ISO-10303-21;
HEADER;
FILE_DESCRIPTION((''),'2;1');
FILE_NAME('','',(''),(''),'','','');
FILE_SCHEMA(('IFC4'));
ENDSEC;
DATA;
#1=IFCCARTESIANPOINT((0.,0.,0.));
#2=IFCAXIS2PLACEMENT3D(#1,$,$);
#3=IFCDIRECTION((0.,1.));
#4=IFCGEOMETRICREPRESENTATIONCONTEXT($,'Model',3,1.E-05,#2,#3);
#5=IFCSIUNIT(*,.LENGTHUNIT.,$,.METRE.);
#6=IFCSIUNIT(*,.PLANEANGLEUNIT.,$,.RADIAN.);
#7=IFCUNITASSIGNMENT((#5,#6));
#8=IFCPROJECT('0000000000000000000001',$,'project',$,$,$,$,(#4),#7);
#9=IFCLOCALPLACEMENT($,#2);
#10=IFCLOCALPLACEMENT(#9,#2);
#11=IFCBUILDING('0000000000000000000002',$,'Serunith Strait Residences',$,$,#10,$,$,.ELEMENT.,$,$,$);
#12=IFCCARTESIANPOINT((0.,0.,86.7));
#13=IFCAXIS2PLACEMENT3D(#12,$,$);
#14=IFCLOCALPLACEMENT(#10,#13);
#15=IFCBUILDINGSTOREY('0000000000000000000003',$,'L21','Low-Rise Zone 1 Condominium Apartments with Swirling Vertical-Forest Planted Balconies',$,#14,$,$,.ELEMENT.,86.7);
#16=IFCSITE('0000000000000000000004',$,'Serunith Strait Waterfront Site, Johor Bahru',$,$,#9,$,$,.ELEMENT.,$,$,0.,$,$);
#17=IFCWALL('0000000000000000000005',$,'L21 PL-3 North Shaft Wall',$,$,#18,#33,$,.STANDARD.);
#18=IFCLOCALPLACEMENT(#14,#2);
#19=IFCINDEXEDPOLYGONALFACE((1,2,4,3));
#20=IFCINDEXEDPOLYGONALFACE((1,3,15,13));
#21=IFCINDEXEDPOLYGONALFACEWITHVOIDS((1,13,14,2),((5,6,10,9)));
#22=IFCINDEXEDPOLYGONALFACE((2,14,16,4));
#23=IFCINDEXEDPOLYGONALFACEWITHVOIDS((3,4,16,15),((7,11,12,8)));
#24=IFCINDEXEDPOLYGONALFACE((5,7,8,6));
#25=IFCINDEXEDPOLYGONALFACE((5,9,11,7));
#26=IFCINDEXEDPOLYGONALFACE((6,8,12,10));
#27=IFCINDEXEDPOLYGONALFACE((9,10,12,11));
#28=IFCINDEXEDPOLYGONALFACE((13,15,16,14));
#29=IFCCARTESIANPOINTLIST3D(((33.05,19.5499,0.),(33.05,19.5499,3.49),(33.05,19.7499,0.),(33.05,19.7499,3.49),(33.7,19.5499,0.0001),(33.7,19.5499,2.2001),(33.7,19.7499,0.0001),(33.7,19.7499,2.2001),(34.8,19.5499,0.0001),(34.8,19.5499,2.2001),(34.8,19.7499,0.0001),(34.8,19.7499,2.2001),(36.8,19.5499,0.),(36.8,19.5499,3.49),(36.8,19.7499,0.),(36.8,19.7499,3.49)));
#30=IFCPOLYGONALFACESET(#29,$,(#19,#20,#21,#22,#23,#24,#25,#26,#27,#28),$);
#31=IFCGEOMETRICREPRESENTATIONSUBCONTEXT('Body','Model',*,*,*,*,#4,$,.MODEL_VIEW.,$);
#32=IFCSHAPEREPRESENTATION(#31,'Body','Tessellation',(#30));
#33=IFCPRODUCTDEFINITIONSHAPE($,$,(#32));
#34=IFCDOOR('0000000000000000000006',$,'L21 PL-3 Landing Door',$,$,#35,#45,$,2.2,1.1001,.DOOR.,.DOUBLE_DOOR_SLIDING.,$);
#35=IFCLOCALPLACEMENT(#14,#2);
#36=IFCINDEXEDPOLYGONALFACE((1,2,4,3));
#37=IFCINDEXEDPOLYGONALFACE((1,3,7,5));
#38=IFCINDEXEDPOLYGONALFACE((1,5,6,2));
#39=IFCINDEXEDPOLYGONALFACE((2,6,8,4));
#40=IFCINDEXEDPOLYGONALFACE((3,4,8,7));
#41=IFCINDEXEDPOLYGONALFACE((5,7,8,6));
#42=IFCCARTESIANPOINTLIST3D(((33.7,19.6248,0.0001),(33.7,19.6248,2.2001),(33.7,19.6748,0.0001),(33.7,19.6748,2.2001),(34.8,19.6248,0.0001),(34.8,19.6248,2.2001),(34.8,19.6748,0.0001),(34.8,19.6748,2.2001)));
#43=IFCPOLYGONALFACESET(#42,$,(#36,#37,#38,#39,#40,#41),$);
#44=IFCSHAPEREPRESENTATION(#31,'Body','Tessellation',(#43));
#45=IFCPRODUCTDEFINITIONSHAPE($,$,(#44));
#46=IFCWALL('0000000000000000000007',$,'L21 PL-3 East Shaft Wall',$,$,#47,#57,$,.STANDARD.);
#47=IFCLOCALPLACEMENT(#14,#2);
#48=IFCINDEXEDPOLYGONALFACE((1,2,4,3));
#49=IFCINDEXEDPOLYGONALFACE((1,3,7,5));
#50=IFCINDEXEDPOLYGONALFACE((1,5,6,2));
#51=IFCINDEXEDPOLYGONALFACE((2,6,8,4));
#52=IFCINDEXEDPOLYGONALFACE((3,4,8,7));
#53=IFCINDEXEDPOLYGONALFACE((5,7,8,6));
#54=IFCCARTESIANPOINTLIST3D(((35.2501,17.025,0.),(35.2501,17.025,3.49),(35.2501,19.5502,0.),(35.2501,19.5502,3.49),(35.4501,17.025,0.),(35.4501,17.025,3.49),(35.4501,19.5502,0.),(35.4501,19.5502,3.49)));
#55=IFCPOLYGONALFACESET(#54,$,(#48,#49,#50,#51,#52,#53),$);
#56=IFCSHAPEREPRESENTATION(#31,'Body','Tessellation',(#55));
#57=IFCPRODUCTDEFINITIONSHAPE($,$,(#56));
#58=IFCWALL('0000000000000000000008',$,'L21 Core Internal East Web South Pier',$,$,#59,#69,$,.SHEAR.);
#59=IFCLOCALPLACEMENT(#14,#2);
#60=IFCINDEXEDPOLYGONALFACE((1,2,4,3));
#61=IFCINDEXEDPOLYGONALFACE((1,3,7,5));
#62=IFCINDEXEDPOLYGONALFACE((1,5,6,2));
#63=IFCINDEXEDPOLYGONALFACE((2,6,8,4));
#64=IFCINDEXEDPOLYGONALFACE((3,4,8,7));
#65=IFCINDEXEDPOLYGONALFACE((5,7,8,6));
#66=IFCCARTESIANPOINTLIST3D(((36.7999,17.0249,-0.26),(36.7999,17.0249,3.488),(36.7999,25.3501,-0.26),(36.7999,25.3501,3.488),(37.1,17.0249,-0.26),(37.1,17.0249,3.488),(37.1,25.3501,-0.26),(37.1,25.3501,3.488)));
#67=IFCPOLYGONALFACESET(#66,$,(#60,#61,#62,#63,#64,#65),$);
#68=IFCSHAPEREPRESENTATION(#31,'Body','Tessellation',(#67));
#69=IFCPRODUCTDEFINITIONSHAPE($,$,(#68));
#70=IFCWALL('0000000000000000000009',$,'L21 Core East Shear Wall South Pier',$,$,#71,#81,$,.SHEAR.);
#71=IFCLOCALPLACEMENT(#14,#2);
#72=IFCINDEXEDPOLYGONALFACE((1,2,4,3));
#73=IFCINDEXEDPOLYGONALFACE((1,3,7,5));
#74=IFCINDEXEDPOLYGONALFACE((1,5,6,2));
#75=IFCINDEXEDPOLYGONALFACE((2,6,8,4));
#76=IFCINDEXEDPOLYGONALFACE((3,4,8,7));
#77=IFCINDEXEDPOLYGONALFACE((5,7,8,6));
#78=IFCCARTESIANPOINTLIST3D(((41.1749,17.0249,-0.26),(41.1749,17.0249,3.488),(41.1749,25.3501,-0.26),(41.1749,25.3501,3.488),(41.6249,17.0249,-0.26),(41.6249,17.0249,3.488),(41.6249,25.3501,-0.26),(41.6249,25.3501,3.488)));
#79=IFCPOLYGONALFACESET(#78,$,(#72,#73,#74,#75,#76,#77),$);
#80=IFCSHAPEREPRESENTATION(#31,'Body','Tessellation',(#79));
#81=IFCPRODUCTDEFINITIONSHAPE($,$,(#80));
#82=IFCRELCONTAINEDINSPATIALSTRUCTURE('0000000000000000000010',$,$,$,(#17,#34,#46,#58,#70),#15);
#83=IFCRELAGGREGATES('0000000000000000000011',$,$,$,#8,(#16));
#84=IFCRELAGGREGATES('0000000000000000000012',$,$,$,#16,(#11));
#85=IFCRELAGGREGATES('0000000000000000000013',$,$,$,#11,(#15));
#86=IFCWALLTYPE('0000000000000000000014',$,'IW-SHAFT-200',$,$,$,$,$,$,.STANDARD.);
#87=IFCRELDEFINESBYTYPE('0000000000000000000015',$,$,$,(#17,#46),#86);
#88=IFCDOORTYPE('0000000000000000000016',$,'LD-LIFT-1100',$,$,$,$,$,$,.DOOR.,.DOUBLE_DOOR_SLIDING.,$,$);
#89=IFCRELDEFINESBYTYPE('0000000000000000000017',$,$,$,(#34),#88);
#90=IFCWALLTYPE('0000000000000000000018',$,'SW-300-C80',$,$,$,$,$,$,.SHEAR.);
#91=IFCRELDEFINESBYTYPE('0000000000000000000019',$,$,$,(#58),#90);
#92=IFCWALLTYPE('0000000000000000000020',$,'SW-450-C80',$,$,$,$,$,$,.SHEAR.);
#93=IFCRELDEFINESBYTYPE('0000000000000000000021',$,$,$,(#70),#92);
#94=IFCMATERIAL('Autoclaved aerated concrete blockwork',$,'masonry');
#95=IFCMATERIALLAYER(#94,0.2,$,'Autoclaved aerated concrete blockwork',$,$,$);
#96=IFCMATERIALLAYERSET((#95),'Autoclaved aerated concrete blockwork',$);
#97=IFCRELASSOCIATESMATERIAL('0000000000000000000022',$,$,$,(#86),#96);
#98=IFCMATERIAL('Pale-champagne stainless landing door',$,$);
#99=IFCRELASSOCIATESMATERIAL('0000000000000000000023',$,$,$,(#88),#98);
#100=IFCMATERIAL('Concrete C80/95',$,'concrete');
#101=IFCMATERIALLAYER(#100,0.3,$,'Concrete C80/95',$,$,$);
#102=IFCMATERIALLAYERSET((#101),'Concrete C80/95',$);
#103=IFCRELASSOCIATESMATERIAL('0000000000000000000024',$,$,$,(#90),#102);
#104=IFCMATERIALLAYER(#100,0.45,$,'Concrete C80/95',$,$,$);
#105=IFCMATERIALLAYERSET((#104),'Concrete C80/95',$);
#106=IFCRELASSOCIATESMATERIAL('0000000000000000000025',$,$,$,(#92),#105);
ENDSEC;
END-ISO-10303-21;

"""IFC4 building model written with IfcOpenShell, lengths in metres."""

from ifc_helpers import new_model, si_unit, direction, frame, frame_2d, origin, place, context, subcontext, project, spatial, rectangle, extrude, source, transform, mapped, material, layer, layer_set, type_object, element, fill, save


model = new_model("IFC4")

# Units and contexts
model_context = context("Model", 3, precision=1e-05, world=origin(), true_north=direction((0.0, 1.0)))
body_context = subcontext(model_context, "Body", "Model", "MODEL_VIEW")
ifc_project = project(units=[si_unit("LENGTHUNIT", "METRE"), si_unit("PLANEANGLEUNIT", "RADIAN")], contexts=[model_context])

# Site, building, storey
site_placement = place(None, origin())
site = spatial("IfcSite", under=ifc_project, at=site_placement, Name="Serunith Strait Waterfront Site, Johor Bahru", CompositionType="ELEMENT", RefElevation=0.0)
building_placement = place(site_placement, origin())
building = spatial("IfcBuilding", under=site, at=building_placement, Name="Serunith Strait Residences", CompositionType="ELEMENT")
storey_placement = place(building_placement, frame((0.0, 0.0, 86.7)))
storey = spatial("IfcBuildingStorey", under=building, at=storey_placement, Name="L21", Description="Low-Rise Zone 1 Condominium Apartments with Swirling Vertical-Forest Planted Balconies", CompositionType="ELEMENT", Elevation=86.7)

# Wall, opening, door
ifc_material_1 = material(Name="Autoclaved aerated concrete blockwork", Category="masonry")
ifc_layer_1 = layer(ifc_material_1, 0.2, Name="Autoclaved aerated concrete blockwork")
ifc_layer_set_1 = layer_set([ifc_layer_1], Name="Autoclaved aerated concrete blockwork")
wall_type_1 = type_object("IfcWallType", Name="IW-SHAFT-200", PredefinedType="STANDARD", material=ifc_layer_set_1)
wall_1_placement = place(storey_placement, frame((33.05, 19.6499, 0.0), z_axis=(0.0, 0.0, 1.0), x_axis=(1.0, 0.0, 0.0)))
wall_1 = element("IfcWall", 1, at=wall_1_placement, inside=storey, type_object=wall_type_1, Name="L21 PL-3 North Shaft Wall", PredefinedType="STANDARD", context=body_context, shape_type="SweptSolid", body=[
    extrude(rectangle(XDim=3.75, YDim=0.2, at=frame_2d((1.875, 0.0))), origin(), (0.0, 0.0, 1.0), 3.49),
])
opening_1_placement = place(wall_1_placement, frame((0.6499, 0.0, 0.0)))
opening_1 = element("IfcOpeningElement", 2, at=opening_1_placement, cuts=wall_1, PredefinedType="OPENING", context=body_context, shape_type="SweptSolid", body=[
    extrude(rectangle(XDim=1.1001, YDim=2.2, at=frame_2d((0.55, 1.1001))), frame((0.0, 0.1099, 0.0), z_axis=(0.0, -1.0, 0.0), x_axis=(1.0, 0.0, 0.0)), (0.0, 0.0, 1.0), 0.22),
])
ifc_material_2 = material(Name="Pale-champagne stainless landing door")
door_type_1 = type_object("IfcDoorType", Name="LD-LIFT-1100", OperationType="DOUBLE_DOOR_SLIDING", PredefinedType="DOOR", material=ifc_material_2)
shared_shape_1 = source(origin(), body_context, "Body", "SweptSolid", [
    extrude(rectangle(XDim=1.1001, YDim=2.2, at=frame_2d((0.55, 1.1001))), frame((0.0, 0.0249, 0.0), z_axis=(0.0, -1.0, 0.0), x_axis=(1.0, 0.0, 0.0)), (0.0, 0.0, 1.0), 0.05),
])
door_1_placement = place(opening_1_placement, origin())
door_1 = element("IfcDoor", 3, at=door_1_placement, inside=storey, type_object=door_type_1, Name="L21 PL-3 Landing Door", OperationType="DOUBLE_DOOR_SLIDING", OverallHeight=2.2, OverallWidth=1.1001, PredefinedType="DOOR", context=body_context, shape_type="MappedRepresentation", body=[
    mapped(shared_shape_1, transform((0.0, 0.0, 0.0), scale=1.0)),
])
fill(opening_1, door_1)

# Walls
wall_2_placement = place(storey_placement, frame((35.3501, 17.0249, 0.0), z_axis=(0.0, 0.0, 1.0), x_axis=(0.0, 1.0, 0.0)))
element("IfcWall", 4, at=wall_2_placement, inside=storey, type_object=wall_type_1, Name="L21 PL-3 East Shaft Wall", PredefinedType="STANDARD", context=body_context, shape_type="SweptSolid", body=[
    extrude(rectangle(XDim=2.5251, YDim=0.2, at=frame_2d((1.2627, 0.0))), origin(), (0.0, 0.0, 1.0), 3.49),
])
ifc_material_3 = material(Name="Concrete C80/95", Category="concrete")
ifc_layer_2 = layer(ifc_material_3, 0.3, Name="Concrete C80/95")
ifc_layer_set_2 = layer_set([ifc_layer_2], Name="Concrete C80/95")
wall_type_2 = type_object("IfcWallType", Name="SW-300-C80", PredefinedType="SHEAR", material=ifc_layer_set_2)
wall_3_placement = place(storey_placement, frame((36.95, 17.0249, -0.26), z_axis=(0.0, 0.0, 1.0), x_axis=(0.0, 1.0, 0.0)))
element("IfcWall", 5, at=wall_3_placement, inside=storey, type_object=wall_type_2, Name="L21 Core Internal East Web South Pier", PredefinedType="SHEAR", context=body_context, shape_type="SweptSolid", body=[
    extrude(rectangle(XDim=8.3252, YDim=0.3, at=frame_2d((4.1626, 0.0))), origin(), (0.0, 0.0, 1.0), 3.748),
])
ifc_layer_3 = layer(ifc_material_3, 0.45, Name="Concrete C80/95")
ifc_layer_set_3 = layer_set([ifc_layer_3], Name="Concrete C80/95")
wall_type_3 = type_object("IfcWallType", Name="SW-450-C80", PredefinedType="SHEAR", material=ifc_layer_set_3)
wall_4_placement = place(storey_placement, frame((41.3999, 17.0249, -0.26), z_axis=(0.0, 0.0, 1.0), x_axis=(0.0, 1.0, 0.0)))
element("IfcWall", 6, at=wall_4_placement, inside=storey, type_object=wall_type_3, Name="L21 Core East Shear Wall South Pier", PredefinedType="SHEAR", context=body_context, shape_type="SweptSolid", body=[
    extrude(rectangle(XDim=8.3252, YDim=0.45, at=frame_2d((4.1626, 0.0))), origin(), (0.0, 0.0, 1.0), 3.748),
])

save(model, "model.ifc")
